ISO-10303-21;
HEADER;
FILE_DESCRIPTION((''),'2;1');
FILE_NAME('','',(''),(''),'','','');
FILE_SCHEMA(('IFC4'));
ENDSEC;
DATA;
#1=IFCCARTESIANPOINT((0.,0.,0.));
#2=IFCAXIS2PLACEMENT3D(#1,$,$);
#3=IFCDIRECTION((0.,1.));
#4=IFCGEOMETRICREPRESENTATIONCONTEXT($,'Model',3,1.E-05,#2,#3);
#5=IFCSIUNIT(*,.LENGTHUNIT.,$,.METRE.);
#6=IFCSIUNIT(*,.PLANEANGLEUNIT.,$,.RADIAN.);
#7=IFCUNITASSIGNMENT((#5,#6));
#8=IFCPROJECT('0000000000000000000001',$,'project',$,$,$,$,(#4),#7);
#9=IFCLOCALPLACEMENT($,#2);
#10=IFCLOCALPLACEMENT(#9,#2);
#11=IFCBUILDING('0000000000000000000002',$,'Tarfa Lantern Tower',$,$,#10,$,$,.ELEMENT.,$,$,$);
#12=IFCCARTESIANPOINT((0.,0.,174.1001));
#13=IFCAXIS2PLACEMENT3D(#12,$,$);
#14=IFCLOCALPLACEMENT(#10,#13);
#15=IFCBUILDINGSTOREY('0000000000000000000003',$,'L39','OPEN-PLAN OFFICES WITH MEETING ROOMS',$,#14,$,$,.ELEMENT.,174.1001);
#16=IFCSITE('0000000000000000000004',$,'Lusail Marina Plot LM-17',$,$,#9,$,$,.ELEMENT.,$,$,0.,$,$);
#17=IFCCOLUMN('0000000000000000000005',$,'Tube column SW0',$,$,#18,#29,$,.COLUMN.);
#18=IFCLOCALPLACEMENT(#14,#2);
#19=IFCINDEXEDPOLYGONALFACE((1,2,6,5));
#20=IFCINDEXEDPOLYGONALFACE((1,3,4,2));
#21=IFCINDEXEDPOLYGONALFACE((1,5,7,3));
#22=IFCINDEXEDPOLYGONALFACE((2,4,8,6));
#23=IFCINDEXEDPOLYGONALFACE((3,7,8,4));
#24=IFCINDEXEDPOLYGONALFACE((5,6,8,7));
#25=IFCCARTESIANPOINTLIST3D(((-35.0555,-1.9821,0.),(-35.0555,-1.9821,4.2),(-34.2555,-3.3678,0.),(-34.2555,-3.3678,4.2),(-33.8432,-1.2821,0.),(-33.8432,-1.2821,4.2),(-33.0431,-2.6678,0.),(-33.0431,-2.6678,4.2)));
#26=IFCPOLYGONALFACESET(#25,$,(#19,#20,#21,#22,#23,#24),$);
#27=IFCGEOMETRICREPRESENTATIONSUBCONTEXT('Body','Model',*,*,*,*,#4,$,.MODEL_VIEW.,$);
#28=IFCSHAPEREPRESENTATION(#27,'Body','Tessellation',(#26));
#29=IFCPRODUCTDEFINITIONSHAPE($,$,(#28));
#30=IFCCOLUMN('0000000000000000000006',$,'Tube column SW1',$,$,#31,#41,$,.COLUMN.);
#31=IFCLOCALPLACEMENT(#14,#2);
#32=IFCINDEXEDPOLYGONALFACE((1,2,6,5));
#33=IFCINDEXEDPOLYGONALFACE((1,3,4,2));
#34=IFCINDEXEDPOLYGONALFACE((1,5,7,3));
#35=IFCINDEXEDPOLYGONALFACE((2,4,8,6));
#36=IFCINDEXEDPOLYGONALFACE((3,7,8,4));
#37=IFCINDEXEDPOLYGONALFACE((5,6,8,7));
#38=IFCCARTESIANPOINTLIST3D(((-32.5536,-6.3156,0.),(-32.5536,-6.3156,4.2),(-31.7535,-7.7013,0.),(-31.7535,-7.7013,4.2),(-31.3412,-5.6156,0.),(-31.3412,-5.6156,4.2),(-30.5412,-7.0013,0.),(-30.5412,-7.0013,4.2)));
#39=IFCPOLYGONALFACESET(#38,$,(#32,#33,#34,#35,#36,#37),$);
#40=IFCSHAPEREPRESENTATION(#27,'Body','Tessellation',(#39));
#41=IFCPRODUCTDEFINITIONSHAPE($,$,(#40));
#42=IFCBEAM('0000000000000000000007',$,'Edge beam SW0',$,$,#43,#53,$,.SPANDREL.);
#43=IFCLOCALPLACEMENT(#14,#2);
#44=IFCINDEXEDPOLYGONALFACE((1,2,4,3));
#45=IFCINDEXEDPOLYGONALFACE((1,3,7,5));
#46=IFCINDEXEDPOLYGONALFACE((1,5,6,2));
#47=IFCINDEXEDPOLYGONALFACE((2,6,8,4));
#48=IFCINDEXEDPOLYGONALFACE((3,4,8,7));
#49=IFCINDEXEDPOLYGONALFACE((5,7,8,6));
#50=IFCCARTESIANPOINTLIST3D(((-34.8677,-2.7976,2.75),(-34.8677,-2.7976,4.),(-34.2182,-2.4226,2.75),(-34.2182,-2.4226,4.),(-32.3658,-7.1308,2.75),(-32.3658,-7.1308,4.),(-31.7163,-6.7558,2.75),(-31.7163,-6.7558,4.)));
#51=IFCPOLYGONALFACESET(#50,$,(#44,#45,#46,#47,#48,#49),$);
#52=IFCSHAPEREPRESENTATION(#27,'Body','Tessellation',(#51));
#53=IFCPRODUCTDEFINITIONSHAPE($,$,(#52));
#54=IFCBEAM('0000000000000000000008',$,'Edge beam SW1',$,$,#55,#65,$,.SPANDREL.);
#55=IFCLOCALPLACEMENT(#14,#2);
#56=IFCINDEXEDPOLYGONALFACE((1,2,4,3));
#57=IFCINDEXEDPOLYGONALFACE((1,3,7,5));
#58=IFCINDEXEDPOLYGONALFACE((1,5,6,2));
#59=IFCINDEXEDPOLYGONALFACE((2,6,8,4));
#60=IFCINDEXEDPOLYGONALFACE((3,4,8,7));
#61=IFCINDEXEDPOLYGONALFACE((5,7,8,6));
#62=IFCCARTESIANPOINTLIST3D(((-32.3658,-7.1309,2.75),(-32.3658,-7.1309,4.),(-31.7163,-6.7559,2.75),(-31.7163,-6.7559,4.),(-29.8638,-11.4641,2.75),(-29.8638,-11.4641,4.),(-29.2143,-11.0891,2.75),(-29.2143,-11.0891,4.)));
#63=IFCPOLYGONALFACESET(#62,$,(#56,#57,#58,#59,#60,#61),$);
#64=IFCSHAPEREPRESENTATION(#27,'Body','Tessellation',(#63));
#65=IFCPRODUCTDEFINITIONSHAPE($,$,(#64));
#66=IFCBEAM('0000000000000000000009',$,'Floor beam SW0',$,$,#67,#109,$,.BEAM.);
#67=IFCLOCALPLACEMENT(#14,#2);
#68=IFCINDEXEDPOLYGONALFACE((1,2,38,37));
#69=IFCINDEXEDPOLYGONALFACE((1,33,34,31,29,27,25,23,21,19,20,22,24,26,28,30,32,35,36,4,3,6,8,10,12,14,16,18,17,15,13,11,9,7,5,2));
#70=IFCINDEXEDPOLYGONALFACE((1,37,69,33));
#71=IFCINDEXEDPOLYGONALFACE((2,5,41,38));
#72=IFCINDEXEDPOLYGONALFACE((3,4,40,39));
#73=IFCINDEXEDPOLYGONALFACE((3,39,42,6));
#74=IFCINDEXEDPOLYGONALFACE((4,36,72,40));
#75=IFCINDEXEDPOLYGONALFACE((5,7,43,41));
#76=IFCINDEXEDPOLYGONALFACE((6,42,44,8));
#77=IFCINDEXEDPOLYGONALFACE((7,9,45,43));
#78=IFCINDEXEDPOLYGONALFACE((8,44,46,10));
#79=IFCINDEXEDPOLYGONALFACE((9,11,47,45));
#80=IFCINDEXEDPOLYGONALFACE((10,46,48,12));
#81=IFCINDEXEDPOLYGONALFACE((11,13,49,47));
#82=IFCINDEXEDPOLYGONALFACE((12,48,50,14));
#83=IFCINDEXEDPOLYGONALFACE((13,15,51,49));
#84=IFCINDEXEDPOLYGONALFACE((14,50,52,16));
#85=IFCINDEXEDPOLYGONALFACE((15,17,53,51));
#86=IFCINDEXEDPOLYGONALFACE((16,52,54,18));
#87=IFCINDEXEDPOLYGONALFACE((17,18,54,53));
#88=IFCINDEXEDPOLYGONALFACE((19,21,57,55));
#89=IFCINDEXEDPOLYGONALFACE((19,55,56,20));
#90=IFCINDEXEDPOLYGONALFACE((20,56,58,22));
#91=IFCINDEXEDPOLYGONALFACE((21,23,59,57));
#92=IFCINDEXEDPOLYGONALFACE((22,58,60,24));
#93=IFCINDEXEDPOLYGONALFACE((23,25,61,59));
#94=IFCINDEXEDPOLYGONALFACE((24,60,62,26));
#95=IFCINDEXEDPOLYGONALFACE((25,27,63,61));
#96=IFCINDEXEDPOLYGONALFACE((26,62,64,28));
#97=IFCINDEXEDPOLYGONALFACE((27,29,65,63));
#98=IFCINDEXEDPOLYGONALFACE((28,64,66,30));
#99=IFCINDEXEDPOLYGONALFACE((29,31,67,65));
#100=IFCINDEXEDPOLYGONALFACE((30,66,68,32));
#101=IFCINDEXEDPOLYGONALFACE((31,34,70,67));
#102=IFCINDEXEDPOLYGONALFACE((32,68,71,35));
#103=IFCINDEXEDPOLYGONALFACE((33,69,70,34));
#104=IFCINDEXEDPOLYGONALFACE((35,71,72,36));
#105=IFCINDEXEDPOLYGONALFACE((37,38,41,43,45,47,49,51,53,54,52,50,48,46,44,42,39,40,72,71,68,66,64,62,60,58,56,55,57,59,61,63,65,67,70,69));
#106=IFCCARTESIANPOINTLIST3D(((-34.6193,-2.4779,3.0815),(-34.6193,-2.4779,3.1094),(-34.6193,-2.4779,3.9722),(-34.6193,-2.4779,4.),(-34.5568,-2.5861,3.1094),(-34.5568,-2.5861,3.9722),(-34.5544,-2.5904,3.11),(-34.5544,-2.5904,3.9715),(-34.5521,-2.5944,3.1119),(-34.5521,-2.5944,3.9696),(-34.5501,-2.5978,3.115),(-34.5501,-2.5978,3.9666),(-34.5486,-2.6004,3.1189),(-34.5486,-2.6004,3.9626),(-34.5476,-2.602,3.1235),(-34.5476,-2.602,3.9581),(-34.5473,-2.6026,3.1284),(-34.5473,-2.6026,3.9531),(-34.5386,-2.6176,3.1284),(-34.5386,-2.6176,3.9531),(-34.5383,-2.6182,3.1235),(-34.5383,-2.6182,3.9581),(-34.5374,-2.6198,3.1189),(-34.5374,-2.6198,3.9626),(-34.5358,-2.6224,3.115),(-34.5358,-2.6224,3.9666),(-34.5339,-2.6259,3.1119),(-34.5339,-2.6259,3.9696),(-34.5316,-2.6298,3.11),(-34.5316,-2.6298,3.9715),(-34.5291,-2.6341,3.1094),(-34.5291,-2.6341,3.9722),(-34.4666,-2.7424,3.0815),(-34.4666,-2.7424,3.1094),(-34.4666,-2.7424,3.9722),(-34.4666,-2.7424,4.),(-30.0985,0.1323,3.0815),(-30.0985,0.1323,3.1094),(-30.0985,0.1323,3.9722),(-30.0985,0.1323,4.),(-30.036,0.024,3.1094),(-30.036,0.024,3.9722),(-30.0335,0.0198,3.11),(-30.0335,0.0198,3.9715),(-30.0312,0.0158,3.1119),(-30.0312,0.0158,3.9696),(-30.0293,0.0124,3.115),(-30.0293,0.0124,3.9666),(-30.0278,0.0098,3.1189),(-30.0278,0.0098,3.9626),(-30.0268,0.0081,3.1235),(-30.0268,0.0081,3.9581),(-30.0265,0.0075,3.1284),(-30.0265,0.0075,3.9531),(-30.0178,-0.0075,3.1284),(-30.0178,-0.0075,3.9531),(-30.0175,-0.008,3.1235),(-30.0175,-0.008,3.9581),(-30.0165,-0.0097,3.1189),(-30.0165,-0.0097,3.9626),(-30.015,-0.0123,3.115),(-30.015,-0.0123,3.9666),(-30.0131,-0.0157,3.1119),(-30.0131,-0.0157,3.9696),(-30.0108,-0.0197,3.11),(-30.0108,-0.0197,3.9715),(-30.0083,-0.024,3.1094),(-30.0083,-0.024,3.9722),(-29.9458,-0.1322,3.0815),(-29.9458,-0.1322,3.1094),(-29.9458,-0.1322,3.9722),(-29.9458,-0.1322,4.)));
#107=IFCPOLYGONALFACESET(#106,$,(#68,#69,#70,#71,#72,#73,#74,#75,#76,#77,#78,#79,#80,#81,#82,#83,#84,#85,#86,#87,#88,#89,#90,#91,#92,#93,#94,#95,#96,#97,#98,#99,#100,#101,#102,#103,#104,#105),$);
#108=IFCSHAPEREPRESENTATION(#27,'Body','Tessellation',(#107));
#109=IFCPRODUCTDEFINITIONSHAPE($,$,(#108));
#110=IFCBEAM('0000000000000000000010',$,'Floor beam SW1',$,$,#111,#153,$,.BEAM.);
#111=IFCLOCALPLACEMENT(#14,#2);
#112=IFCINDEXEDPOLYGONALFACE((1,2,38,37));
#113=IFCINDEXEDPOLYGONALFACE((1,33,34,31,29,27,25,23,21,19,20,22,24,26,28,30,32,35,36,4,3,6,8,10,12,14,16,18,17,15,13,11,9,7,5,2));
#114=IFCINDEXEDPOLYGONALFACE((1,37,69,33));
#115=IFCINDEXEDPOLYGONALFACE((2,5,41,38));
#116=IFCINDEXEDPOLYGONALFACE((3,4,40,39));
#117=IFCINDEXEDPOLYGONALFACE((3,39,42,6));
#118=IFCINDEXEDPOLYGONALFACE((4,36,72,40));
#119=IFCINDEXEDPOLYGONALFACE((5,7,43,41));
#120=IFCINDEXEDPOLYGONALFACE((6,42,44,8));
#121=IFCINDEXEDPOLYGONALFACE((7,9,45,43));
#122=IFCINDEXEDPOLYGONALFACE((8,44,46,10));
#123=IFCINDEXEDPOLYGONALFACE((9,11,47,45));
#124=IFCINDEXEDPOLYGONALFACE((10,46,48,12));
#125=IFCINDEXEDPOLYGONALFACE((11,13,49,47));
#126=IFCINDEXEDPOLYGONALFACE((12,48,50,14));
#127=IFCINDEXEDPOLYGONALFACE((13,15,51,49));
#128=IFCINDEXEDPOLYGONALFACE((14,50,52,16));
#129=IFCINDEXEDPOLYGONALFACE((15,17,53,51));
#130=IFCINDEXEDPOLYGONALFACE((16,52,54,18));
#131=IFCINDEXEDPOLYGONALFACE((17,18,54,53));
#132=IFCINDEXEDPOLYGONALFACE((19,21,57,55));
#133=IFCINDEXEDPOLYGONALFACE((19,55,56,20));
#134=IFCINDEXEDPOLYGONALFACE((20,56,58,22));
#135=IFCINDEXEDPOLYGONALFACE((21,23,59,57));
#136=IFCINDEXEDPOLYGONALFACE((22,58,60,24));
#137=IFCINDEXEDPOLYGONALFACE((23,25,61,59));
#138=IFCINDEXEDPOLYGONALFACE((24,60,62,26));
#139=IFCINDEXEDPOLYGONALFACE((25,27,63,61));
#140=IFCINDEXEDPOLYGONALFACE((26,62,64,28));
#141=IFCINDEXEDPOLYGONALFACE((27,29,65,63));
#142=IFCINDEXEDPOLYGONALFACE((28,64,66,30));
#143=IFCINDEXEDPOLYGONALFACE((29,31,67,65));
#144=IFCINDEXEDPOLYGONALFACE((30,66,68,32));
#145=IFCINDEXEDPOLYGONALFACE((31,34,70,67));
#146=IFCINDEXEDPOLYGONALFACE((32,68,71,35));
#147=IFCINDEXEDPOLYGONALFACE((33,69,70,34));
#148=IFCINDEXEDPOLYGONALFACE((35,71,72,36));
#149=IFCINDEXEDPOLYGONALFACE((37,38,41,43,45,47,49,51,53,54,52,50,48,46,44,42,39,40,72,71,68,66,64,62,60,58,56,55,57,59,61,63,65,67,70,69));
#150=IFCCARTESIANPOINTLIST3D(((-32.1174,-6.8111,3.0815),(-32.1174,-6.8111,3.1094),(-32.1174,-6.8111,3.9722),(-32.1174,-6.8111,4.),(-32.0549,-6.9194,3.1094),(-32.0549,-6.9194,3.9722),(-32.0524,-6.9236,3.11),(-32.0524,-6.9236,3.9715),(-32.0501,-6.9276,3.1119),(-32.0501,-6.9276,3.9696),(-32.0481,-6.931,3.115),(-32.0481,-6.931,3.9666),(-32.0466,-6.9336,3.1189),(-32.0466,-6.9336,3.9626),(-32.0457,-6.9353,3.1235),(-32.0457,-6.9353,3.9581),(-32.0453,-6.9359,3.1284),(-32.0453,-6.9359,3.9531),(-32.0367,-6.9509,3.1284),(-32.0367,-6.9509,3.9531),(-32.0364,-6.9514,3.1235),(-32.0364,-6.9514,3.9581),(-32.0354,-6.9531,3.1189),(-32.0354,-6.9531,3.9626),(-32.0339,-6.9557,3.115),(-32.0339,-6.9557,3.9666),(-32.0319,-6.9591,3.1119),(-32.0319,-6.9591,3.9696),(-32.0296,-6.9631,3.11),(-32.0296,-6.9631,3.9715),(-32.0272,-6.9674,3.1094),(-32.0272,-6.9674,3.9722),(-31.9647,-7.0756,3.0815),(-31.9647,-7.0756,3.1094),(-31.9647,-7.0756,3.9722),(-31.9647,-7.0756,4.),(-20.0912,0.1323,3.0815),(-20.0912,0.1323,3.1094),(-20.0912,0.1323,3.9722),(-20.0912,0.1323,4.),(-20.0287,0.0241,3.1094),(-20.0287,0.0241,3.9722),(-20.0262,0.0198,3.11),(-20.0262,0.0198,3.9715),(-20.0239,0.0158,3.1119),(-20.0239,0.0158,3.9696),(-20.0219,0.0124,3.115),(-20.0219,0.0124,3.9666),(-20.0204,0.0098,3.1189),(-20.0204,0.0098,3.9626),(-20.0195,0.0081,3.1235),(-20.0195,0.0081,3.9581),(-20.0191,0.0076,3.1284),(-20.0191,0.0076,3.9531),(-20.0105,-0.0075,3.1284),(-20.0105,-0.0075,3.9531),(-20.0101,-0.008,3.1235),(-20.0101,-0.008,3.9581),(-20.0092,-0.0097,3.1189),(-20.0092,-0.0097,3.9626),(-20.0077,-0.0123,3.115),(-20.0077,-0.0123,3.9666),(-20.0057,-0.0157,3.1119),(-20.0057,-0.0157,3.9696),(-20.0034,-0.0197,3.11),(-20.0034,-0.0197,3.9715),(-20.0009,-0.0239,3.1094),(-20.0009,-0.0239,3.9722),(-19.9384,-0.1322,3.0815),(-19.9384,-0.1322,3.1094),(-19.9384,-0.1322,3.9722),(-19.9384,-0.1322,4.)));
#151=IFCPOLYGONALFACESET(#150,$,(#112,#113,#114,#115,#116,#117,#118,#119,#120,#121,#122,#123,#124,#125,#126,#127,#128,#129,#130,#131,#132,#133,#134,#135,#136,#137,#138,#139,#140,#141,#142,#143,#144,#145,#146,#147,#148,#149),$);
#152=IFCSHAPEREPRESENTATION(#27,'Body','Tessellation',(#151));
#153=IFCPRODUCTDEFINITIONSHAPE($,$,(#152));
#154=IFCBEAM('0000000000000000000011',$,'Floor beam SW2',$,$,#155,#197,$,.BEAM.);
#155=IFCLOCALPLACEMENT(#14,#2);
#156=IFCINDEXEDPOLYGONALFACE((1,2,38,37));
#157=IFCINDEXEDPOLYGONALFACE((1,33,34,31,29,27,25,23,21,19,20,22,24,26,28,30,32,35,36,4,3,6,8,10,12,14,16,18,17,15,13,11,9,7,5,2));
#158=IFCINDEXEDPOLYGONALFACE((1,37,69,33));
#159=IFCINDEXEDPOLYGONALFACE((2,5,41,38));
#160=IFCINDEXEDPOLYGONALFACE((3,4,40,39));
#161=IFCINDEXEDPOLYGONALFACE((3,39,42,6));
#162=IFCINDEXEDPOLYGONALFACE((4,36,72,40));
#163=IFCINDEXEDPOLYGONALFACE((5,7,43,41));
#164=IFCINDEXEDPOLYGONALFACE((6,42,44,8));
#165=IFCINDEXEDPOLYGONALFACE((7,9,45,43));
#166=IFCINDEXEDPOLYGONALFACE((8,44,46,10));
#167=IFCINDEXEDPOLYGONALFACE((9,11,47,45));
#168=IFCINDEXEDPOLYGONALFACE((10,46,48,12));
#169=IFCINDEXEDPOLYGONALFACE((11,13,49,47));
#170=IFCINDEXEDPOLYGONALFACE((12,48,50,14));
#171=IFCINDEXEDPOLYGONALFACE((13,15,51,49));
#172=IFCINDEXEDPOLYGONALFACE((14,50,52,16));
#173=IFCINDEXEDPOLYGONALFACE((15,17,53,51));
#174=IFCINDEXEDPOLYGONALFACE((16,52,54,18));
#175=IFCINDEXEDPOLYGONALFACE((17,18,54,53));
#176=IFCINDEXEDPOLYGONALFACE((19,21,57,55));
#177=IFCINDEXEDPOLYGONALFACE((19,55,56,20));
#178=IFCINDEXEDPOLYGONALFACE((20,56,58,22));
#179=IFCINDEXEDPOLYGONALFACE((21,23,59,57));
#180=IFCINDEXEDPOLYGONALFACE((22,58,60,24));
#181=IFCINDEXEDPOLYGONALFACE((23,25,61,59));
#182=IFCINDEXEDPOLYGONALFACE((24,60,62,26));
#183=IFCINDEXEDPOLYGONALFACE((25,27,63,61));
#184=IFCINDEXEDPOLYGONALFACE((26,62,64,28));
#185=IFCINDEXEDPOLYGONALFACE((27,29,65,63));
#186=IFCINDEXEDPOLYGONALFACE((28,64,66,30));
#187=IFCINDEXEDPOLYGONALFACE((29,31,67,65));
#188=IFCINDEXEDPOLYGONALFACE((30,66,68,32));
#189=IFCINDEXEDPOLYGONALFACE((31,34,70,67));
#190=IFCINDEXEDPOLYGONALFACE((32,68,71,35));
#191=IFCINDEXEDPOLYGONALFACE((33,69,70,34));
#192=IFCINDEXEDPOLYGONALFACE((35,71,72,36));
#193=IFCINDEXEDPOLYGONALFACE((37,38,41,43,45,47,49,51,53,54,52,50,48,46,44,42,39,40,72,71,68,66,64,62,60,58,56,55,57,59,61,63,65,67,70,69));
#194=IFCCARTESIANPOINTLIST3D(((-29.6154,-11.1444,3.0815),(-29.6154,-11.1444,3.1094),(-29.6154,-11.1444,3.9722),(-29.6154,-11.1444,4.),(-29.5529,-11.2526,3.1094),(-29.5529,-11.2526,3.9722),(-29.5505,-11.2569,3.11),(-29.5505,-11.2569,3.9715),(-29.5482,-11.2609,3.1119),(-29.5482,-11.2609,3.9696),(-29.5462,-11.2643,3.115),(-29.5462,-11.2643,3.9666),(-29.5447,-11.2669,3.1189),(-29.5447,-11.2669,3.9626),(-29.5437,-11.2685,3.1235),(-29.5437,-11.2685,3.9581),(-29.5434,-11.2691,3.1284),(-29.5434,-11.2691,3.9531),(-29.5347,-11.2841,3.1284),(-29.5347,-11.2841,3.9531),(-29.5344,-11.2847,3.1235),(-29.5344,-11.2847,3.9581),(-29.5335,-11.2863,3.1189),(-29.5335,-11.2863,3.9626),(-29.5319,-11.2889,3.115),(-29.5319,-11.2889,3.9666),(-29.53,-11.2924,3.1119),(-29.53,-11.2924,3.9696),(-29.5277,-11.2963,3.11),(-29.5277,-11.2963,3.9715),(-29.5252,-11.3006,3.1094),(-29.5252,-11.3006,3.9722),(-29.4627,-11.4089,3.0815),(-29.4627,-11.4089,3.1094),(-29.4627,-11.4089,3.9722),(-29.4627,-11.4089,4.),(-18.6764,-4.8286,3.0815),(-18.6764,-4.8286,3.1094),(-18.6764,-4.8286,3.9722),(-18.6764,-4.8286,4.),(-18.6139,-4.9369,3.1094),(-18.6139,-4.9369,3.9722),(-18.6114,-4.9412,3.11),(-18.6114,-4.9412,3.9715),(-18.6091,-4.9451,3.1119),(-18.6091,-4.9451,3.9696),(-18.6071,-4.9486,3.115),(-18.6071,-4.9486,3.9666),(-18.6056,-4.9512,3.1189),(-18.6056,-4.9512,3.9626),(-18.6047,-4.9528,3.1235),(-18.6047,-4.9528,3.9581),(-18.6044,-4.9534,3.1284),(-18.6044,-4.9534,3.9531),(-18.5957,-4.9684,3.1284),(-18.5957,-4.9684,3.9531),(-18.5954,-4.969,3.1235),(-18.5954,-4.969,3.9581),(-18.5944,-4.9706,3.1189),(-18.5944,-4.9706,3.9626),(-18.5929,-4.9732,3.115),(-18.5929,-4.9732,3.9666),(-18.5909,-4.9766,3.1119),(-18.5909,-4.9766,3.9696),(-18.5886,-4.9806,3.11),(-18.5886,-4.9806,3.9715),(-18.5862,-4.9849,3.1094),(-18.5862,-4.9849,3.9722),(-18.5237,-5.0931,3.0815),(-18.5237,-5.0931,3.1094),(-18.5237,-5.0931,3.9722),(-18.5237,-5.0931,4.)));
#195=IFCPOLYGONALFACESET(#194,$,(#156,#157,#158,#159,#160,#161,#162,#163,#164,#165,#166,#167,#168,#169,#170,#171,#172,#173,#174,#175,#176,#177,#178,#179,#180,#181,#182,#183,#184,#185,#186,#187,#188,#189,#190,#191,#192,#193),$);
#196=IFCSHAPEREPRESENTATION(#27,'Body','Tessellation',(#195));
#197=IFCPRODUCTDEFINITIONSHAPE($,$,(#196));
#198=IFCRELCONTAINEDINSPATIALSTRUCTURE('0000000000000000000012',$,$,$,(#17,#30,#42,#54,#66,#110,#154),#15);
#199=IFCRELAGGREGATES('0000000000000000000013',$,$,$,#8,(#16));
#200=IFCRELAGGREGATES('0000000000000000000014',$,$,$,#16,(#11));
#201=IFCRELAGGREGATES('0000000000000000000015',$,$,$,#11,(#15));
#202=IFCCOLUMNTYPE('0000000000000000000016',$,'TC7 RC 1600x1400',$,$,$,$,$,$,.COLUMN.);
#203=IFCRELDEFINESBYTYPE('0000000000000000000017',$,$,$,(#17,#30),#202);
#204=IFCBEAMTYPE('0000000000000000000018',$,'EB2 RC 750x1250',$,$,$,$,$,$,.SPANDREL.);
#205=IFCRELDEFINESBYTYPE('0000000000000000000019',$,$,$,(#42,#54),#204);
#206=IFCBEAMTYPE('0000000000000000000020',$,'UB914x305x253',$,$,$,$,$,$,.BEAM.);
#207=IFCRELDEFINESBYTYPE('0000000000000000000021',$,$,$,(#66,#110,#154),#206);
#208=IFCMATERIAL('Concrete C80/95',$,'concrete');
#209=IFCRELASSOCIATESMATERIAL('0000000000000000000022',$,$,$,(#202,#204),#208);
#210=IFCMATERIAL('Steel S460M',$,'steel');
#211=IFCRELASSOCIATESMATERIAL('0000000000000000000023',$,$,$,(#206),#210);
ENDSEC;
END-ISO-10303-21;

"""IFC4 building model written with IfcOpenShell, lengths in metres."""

from ifc_helpers import new_model, si_unit, direction, frame, origin, origin_2d, place, context, subcontext, project, spatial, rectangle, i_section, extrude, material, material_profile, profile_set, type_object, element, save


model = new_model("IFC4")

# Units and contexts
model_context = context("Model", 3, precision=1e-05, world=origin(), true_north=direction((0.0, 1.0)))
body_context = subcontext(model_context, "Body", "Model", "MODEL_VIEW")
ifc_project = project(units=[si_unit("LENGTHUNIT", "METRE"), si_unit("PLANEANGLEUNIT", "RADIAN")], contexts=[model_context])

# Site, building, storey
site_placement = place(None, origin())
site = spatial("IfcSite", under=ifc_project, at=site_placement, Name="Lusail Marina Plot LM-17", CompositionType="ELEMENT", RefElevation=0.0)
building_placement = place(site_placement, origin())
building = spatial("IfcBuilding", under=site, at=building_placement, Name="Tarfa Lantern Tower", CompositionType="ELEMENT")
storey_placement = place(building_placement, frame((0.0, 0.0, 174.1001)))
storey = spatial("IfcBuildingStorey", under=building, at=storey_placement, Name="L39", Description="OPEN-PLAN OFFICES WITH MEETING ROOMS", CompositionType="ELEMENT", Elevation=174.1001)

# Columns
ifc_material_1 = material(Name="Concrete C80/95", Category="concrete")
ifc_material_profile_1 = material_profile(ifc_material_1, rectangle(XDim=1.6001, YDim=1.3999, at=origin_2d()), Name="RC 1600x1400")
ifc_profile_set_1 = profile_set([ifc_material_profile_1], Name="Concrete C80/95")
column_type = type_object("IfcColumnType", Name="TC7 RC 1600x1400", PredefinedType="COLUMN", material=ifc_profile_set_1)
for number, where, z_axis, x_axis, name in (
    (1, (-34.0493, -2.325, 0.0), (0.0, 0.0, 1.0), (0.5, -0.866025, 0.0), "Tube column SW0"),
    (2, (-31.5474, -6.6584, 0.0), (0.0, 0.0, 1.0), (0.5, -0.866025, 0.0), "Tube column SW1"),
):
    element("IfcColumn", number, at=place(storey_placement, frame(where, z_axis=z_axis, x_axis=x_axis)), inside=storey, type_object=column_type, Name=name, PredefinedType="COLUMN", context=body_context, shape_type="SweptSolid", body=[
        extrude(rectangle(XDim=1.6001, YDim=1.3999, at=origin_2d()), origin(), (0.0, 0.0, 1.0), 4.2),
    ])

# Beams
ifc_material_profile_2 = material_profile(ifc_material_1, rectangle(XDim=0.75, YDim=1.25, at=origin_2d()), Name="RC 750x1250")
ifc_profile_set_2 = profile_set([ifc_material_profile_2], Name="Concrete C80/95")
beam_type_1 = type_object("IfcBeamType", Name="EB2 RC 750x1250", PredefinedType="SPANDREL", material=ifc_profile_set_2)
for number, where, z_axis, x_axis, name in (
    (3, (-34.543, -2.6101, 3.375), (0.500022, -0.866013, 0.0), (0.866013, 0.500022, 0.0), "Edge beam SW0"),
    (4, (-32.041, -6.9434, 3.375), (0.500022, -0.866013, 0.0), (0.866013, 0.500022, 0.0), "Edge beam SW1"),
):
    element("IfcBeam", number, at=place(storey_placement, frame(where, z_axis=z_axis, x_axis=x_axis)), inside=storey, type_object=beam_type_1, Name=name, PredefinedType="SPANDREL", context=body_context, shape_type="SweptSolid", body=[
        extrude(rectangle(XDim=0.75, YDim=1.25, at=origin_2d()), origin(), (0.0, 0.0, 1.0), 5.0037),
    ])
ifc_material_2 = material(Name="Steel S460M", Category="steel")
ifc_material_profile_3 = material_profile(ifc_material_2, i_section(OverallWidth=0.3054, OverallDepth=0.9185, WebThickness=0.0173, FlangeThickness=0.0278, FilletRadius=0.019, at=origin_2d()), Name="UB914x305x253")
ifc_profile_set_3 = profile_set([ifc_material_profile_3], Name="Steel S460M")
beam_type_2 = type_object("IfcBeamType", Name="UB914x305x253", PredefinedType="BEAM", material=ifc_profile_set_3)
beam_1_placement = place(storey_placement, frame((-34.543, -2.6101, 3.5408), z_axis=(0.866021, 0.500007, 0.0), x_axis=(-0.500007, 0.866021, 0.0)))
element("IfcBeam", 5, at=beam_1_placement, inside=storey, type_object=beam_type_2, Name="Floor beam SW0", PredefinedType="BEAM", context=body_context, shape_type="SweptSolid", body=[
    extrude(i_section(OverallWidth=0.3054, OverallDepth=0.9185, WebThickness=0.0173, FlangeThickness=0.0278, FilletRadius=0.019, at=origin_2d()), origin(), (0.0, 0.0, 1.0), 5.2202),
])
beam_2_placement = place(storey_placement, frame((-32.041, -6.9434, 3.5408), z_axis=(0.866023, 0.500004, 0.0), x_axis=(-0.500004, 0.866023, 0.0)))
element("IfcBeam", 6, at=beam_2_placement, inside=storey, type_object=beam_type_2, Name="Floor beam SW1", PredefinedType="BEAM", context=body_context, shape_type="SweptSolid", body=[
    extrude(i_section(OverallWidth=0.3054, OverallDepth=0.9185, WebThickness=0.0173, FlangeThickness=0.0278, FilletRadius=0.019, at=origin_2d()), origin(), (0.0, 0.0, 1.0), 13.8867),
])
beam_3_placement = place(storey_placement, frame((-29.5391, -11.2766, 3.5408), z_axis=(0.866023, 0.500004, 0.0), x_axis=(-0.500004, 0.866023, 0.0)))
element("IfcBeam", 7, at=beam_3_placement, inside=storey, type_object=beam_type_2, Name="Floor beam SW2", PredefinedType="BEAM", context=body_context, shape_type="SweptSolid", body=[
    extrude(i_section(OverallWidth=0.3054, OverallDepth=0.9185, WebThickness=0.0173, FlangeThickness=0.0278, FilletRadius=0.019, at=origin_2d()), origin(), (0.0, 0.0, 1.0), 12.6313),
])

save(model, "model.ifc")
